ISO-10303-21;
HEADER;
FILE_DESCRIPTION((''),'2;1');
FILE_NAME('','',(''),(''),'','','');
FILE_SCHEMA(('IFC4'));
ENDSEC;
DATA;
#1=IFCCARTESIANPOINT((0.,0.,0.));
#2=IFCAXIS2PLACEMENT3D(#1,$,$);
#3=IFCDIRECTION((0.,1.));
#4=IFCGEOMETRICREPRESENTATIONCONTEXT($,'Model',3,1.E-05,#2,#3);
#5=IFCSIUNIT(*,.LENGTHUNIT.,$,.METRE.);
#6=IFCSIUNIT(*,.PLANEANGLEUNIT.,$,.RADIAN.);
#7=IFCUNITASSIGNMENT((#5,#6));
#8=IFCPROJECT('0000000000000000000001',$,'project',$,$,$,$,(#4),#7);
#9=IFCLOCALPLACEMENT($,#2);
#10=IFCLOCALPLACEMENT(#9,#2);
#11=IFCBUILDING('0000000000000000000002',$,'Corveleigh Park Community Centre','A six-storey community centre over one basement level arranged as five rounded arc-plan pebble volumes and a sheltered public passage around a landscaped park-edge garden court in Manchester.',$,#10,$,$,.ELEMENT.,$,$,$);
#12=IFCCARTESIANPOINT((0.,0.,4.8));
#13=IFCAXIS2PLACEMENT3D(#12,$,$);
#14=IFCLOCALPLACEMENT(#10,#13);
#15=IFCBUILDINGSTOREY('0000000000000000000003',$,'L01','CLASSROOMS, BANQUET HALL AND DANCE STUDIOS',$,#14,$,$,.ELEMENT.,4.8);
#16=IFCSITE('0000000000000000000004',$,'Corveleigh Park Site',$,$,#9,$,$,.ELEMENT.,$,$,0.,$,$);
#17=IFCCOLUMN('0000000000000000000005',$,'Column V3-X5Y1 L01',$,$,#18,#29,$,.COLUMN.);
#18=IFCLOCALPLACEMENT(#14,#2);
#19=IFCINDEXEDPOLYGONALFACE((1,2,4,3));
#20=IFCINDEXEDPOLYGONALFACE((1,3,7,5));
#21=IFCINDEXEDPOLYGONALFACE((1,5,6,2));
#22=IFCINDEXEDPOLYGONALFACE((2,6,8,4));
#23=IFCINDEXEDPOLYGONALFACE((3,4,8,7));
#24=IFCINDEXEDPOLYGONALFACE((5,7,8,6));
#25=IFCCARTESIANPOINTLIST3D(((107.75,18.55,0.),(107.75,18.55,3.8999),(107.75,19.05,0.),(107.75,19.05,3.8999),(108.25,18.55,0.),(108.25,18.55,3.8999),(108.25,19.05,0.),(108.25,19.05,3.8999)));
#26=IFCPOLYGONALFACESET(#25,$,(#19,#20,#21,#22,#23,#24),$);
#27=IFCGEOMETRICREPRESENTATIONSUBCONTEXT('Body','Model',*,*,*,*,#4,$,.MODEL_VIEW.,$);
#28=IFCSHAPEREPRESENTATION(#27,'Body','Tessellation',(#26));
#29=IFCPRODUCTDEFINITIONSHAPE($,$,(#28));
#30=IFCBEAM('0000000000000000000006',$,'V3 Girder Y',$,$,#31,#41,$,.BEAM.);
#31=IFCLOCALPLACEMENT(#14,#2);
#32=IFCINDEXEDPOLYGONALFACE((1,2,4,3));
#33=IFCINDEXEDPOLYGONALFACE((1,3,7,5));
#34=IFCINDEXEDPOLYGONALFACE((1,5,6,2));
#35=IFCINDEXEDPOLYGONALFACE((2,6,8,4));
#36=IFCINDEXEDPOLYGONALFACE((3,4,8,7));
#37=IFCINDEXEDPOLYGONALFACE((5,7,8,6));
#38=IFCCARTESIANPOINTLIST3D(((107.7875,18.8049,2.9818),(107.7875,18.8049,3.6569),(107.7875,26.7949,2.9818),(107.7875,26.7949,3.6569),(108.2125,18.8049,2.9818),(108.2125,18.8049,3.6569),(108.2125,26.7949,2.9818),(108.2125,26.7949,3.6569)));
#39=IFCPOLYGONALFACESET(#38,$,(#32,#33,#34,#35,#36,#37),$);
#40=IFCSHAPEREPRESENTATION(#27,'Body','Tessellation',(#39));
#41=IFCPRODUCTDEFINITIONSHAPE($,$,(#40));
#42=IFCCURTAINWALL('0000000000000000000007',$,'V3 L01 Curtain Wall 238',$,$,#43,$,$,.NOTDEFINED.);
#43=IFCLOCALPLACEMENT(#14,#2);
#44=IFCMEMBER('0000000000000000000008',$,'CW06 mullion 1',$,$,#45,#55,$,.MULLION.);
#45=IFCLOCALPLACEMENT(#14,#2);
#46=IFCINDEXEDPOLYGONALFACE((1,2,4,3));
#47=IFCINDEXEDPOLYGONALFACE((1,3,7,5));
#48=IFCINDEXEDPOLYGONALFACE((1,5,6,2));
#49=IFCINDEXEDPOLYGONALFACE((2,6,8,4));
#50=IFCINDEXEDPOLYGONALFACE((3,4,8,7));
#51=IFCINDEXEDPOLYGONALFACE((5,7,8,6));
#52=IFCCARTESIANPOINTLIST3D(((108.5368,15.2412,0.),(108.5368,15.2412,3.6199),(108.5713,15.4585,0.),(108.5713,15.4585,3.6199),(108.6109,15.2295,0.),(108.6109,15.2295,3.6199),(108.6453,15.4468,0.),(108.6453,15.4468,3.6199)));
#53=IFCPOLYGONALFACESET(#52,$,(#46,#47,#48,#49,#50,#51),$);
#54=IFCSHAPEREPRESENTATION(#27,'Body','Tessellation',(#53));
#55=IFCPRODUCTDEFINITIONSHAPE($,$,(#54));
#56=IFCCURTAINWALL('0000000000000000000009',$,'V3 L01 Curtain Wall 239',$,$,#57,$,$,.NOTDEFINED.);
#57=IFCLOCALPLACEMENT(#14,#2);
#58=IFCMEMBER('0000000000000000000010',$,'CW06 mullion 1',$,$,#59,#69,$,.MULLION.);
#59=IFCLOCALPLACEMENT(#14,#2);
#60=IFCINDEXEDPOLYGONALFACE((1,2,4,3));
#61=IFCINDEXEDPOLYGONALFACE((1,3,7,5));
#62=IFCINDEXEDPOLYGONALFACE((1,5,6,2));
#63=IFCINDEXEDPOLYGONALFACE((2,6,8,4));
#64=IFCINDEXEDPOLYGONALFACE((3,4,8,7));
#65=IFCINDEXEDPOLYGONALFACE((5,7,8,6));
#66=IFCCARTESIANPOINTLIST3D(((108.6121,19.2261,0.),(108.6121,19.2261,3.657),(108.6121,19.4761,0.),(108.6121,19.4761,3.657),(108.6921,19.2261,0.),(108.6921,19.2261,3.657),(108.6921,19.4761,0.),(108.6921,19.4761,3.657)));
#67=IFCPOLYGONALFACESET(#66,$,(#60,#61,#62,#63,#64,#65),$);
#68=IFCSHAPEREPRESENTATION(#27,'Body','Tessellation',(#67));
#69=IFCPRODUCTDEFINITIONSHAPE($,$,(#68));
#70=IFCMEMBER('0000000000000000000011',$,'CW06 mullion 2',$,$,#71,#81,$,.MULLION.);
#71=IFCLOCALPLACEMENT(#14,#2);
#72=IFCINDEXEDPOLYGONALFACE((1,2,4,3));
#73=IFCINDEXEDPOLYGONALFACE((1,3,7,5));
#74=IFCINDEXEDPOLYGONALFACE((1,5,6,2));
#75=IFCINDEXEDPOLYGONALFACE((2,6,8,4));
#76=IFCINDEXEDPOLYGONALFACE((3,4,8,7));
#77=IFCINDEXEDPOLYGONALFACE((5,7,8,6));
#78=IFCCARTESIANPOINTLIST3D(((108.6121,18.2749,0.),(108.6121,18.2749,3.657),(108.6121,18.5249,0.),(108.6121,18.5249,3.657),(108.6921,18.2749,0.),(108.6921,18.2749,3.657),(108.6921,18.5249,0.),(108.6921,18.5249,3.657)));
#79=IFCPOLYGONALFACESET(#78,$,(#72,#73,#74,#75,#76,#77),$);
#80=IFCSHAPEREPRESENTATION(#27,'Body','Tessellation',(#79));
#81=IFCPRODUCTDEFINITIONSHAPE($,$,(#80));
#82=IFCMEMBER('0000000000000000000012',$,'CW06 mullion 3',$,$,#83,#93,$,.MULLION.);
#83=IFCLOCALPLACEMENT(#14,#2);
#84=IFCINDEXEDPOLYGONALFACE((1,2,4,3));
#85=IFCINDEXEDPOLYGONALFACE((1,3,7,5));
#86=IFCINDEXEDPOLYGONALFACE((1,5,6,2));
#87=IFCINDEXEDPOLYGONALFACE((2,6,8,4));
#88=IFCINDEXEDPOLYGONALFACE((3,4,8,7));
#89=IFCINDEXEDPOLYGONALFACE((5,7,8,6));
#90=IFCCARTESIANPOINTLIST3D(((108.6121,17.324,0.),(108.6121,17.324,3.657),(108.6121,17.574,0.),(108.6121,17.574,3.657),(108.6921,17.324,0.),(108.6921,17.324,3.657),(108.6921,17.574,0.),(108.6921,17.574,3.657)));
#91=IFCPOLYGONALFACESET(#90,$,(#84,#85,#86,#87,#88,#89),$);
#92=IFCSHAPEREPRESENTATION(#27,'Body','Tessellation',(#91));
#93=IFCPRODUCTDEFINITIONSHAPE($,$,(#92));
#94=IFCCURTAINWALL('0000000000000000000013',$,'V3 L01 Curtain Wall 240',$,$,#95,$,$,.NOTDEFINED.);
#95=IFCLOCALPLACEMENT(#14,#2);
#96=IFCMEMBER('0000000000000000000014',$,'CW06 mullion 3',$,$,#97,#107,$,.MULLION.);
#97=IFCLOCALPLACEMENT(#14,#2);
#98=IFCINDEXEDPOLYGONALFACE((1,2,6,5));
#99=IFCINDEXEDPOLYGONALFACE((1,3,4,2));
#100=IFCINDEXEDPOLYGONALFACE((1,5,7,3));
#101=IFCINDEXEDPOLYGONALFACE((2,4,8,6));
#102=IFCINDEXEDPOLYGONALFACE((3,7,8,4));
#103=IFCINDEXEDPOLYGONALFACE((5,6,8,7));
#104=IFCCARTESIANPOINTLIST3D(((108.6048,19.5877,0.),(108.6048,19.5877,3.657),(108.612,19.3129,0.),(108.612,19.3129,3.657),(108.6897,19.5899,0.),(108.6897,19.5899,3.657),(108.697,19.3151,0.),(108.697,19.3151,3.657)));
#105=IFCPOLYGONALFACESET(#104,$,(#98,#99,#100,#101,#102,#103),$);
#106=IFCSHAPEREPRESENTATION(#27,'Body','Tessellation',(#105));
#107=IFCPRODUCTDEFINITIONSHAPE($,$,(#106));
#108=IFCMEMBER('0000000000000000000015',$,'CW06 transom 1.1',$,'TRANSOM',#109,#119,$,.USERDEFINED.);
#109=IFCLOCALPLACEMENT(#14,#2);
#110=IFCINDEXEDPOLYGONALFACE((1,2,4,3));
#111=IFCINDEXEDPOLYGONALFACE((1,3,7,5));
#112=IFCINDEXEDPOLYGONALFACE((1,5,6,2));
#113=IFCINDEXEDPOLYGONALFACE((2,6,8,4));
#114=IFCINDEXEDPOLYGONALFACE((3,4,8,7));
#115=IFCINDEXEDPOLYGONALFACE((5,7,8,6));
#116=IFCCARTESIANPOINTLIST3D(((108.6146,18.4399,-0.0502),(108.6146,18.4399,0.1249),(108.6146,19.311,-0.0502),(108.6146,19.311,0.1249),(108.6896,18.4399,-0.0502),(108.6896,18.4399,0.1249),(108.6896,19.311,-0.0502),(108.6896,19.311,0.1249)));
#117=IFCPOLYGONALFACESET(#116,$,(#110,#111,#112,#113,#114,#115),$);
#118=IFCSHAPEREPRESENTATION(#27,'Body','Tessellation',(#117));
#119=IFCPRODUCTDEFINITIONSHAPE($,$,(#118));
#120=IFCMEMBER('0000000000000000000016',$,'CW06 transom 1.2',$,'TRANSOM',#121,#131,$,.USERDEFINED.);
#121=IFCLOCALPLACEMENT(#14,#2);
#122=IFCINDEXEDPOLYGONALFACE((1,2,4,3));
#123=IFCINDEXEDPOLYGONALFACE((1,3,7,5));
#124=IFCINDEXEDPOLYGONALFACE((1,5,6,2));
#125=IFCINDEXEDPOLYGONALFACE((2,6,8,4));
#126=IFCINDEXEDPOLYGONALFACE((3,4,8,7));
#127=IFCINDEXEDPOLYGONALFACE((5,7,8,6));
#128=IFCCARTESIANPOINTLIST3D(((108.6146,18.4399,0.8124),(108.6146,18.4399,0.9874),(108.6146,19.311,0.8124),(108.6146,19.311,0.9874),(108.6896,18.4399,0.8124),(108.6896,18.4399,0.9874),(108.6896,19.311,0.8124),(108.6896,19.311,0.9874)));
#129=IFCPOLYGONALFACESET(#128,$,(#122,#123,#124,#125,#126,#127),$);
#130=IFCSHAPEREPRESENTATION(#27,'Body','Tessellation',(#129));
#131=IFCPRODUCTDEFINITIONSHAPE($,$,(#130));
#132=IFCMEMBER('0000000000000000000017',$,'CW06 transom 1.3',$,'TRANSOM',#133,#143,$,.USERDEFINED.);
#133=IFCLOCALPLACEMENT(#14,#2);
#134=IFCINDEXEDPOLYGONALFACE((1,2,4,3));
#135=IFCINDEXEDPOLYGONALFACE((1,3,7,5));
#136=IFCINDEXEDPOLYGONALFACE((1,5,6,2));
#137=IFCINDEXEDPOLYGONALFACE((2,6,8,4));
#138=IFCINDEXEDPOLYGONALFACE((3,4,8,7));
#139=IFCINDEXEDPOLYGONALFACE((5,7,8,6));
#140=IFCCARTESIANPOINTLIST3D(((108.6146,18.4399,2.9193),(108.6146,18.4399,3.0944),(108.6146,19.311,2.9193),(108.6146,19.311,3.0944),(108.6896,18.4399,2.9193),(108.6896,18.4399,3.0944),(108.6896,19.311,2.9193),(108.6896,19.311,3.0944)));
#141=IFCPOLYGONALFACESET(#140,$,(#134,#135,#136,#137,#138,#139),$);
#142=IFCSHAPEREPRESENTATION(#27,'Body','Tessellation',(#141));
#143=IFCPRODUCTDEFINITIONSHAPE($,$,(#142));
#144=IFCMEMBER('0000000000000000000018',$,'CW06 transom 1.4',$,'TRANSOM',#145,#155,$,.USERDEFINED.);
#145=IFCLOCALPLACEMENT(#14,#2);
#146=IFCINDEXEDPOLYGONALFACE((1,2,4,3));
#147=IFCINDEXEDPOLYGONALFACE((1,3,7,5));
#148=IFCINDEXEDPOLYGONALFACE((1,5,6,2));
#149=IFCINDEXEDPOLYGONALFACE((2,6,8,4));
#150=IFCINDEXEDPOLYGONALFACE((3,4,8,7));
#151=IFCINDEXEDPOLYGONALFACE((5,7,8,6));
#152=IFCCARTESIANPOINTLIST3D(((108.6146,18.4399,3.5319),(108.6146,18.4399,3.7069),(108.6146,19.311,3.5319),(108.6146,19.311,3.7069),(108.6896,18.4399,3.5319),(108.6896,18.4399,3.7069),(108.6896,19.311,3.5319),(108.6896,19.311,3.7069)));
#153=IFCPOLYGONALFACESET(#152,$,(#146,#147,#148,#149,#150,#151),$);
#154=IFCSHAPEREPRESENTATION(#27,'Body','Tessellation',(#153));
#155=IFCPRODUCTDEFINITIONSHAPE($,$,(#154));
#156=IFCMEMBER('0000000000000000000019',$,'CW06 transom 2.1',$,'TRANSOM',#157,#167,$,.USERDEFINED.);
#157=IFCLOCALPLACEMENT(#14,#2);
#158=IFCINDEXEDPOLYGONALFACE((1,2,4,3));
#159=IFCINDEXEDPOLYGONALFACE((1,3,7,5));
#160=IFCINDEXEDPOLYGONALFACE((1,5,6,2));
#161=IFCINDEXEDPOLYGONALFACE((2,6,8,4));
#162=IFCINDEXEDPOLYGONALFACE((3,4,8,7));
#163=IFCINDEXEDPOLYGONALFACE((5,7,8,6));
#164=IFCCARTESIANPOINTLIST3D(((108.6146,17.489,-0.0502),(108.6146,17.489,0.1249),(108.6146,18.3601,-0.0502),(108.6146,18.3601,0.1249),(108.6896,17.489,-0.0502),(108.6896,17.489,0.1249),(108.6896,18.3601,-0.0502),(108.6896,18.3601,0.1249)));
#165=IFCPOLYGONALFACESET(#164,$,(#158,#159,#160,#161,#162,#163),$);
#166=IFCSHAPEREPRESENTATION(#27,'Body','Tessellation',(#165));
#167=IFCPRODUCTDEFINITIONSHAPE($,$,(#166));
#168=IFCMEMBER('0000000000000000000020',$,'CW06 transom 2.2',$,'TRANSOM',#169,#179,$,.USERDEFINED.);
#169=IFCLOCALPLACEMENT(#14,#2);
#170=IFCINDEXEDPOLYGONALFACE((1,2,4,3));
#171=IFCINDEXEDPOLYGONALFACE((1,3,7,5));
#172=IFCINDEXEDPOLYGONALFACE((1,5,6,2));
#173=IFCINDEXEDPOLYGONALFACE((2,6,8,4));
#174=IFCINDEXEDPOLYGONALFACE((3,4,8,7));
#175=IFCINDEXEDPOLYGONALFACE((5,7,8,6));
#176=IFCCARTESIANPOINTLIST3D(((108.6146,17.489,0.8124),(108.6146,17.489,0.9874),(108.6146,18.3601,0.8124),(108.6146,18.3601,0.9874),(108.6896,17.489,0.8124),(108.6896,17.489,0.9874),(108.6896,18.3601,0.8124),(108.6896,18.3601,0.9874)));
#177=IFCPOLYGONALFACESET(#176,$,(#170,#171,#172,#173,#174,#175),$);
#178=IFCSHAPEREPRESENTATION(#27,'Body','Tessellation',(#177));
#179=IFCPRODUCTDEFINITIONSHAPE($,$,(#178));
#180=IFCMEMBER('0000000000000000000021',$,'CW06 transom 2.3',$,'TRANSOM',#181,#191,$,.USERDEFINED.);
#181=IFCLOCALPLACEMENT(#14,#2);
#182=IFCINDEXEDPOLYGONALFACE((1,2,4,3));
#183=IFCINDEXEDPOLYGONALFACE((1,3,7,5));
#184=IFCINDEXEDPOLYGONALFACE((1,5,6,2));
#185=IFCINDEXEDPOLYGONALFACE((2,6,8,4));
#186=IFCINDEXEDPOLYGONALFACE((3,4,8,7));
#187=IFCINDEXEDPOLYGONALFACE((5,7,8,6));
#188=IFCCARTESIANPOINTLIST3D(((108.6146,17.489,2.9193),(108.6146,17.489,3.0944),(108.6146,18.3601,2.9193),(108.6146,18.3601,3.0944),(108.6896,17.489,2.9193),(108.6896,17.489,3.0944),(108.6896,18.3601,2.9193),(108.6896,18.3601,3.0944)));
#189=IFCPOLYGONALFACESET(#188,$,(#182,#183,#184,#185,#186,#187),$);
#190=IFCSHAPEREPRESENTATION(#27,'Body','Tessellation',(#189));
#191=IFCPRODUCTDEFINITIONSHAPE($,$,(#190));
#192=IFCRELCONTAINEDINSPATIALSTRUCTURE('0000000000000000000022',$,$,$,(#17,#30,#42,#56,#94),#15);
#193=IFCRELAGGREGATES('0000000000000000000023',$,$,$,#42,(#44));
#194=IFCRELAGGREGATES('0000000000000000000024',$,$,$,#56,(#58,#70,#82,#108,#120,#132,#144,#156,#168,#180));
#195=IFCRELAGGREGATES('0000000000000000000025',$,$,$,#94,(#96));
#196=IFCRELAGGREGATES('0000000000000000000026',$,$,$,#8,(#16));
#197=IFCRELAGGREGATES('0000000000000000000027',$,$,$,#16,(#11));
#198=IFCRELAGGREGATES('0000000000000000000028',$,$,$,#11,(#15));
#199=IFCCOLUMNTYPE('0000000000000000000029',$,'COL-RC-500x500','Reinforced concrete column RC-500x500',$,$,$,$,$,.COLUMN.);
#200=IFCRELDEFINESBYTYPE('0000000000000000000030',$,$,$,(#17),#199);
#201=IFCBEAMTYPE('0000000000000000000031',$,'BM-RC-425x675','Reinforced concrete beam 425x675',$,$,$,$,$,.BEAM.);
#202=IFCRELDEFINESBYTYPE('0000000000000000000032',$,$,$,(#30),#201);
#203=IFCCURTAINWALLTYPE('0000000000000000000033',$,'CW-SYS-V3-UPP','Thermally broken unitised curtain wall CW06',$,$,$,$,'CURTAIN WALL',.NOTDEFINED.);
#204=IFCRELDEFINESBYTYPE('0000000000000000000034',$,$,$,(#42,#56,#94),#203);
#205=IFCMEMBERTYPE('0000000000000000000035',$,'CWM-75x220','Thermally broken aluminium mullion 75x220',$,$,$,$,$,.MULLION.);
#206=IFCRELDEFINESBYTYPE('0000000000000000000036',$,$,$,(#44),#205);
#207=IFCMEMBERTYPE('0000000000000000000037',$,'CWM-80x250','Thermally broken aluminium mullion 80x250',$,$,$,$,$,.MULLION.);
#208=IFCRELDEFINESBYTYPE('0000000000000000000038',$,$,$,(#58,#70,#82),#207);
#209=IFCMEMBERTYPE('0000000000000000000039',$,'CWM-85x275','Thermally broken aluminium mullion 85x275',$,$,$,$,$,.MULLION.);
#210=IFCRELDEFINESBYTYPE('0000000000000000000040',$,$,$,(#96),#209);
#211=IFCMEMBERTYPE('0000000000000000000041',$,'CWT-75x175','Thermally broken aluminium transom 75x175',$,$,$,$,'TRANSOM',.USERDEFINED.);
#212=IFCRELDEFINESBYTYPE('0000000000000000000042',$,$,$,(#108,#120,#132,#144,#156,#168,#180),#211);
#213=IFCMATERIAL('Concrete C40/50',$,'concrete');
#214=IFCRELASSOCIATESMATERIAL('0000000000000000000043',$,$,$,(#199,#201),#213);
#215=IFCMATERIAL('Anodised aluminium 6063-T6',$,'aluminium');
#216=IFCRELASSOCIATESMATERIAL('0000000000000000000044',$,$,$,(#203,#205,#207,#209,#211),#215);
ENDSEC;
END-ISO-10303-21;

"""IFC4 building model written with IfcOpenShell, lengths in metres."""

from ifc_helpers import new_model, si_unit, direction, frame, origin, origin_2d, place, context, subcontext, project, spatial, rectangle, extrude, material, material_profile, profile_set, type_object, element, aggregate, save


model = new_model("IFC4")

# Units and contexts
model_context = context("Model", 3, precision=1e-05, world=origin(), true_north=direction((0.0, 1.0)))
body_context = subcontext(model_context, "Body", "Model", "MODEL_VIEW")
ifc_project = project(units=[si_unit("LENGTHUNIT", "METRE"), si_unit("PLANEANGLEUNIT", "RADIAN")], contexts=[model_context])

# Site, building, storey
site_placement = place(None, origin())
site = spatial("IfcSite", under=ifc_project, at=site_placement, Name="Corveleigh Park Site", CompositionType="ELEMENT", RefElevation=0.0)
building_placement = place(site_placement, origin())
building = spatial("IfcBuilding", under=site, at=building_placement, Name="Corveleigh Park Community Centre", Description="A six-storey community centre over one basement level arranged as five rounded arc-plan pebble volumes and a sheltered public passage around a landscaped park-edge garden court in Manchester.", CompositionType="ELEMENT")
storey_placement = place(building_placement, frame((0.0, 0.0, 4.8)))
storey = spatial("IfcBuildingStorey", under=building, at=storey_placement, Name="L01", Description="CLASSROOMS, BANQUET HALL AND DANCE STUDIOS", CompositionType="ELEMENT", Elevation=4.8)

# Column
ifc_material_1 = material(Name="Concrete C40/50", Category="concrete")
ifc_material_profile_1 = material_profile(ifc_material_1, rectangle(XDim=0.5, YDim=0.5, at=origin_2d()), Name="RC-500x500", Category="concrete")
ifc_profile_set_1 = profile_set([ifc_material_profile_1], Name="Concrete C40/50")
column_type = type_object("IfcColumnType", Name="COL-RC-500x500", Description="Reinforced concrete column RC-500x500", PredefinedType="COLUMN", material=ifc_profile_set_1)
column_placement = place(storey_placement, frame((108.0, 18.8, 0.0), z_axis=(0.0, 0.0, 1.0), x_axis=(1.0, 0.0, 0.0)))
element("IfcColumn", 1, at=column_placement, inside=storey, type_object=column_type, Name="Column V3-X5Y1 L01", PredefinedType="COLUMN", context=body_context, shape_type="SweptSolid", body=[
    extrude(rectangle(XDim=0.5, YDim=0.5, at=origin_2d()), origin(), (0.0, 0.0, 1.0), 3.8999),
])

# Beam
ifc_material_profile_2 = material_profile(ifc_material_1, rectangle(XDim=0.425, YDim=0.675, at=origin_2d()), Name="RC-425x675", Category="concrete")
ifc_profile_set_2 = profile_set([ifc_material_profile_2], Name="Concrete C40/50")
beam_type = type_object("IfcBeamType", Name="BM-RC-425x675", Description="Reinforced concrete beam 425x675", PredefinedType="BEAM", material=ifc_profile_set_2)
beam_placement = place(storey_placement, frame((108.0, 18.8049, 3.3193), z_axis=(0.0, 1.0, 0.0), x_axis=(-1.0, 0.0, 0.0)))
element("IfcBeam", 2, at=beam_placement, inside=storey, type_object=beam_type, Name="V3 Girder Y", PredefinedType="BEAM", context=body_context, shape_type="SweptSolid", body=[
    extrude(rectangle(XDim=0.425, YDim=0.675, at=origin_2d()), origin(), (0.0, 0.0, 1.0), 7.99),
])

# Curtain wall, member
ifc_material_2 = material(Name="Anodised aluminium 6063-T6", Category="aluminium")
curtain_wall_type = type_object("IfcCurtainWallType", Name="CW-SYS-V3-UPP", Description="Thermally broken unitised curtain wall CW06", ElementType="CURTAIN WALL", PredefinedType="NOTDEFINED", material=ifc_material_2)
curtain_wall_1_placement = place(storey_placement, origin())
curtain_wall_1 = element("IfcCurtainWall", 3, at=curtain_wall_1_placement, inside=storey, type_object=curtain_wall_type, Name="V3 L01 Curtain Wall 238", PredefinedType="NOTDEFINED")
ifc_material_profile_3 = material_profile(ifc_material_2, rectangle(XDim=0.075, YDim=0.22, at=origin_2d()), Name="ALU-M75x220", Category="aluminium")
ifc_profile_set_3 = profile_set([ifc_material_profile_3], Name="Anodised aluminium 6063-T6")
member_type_1 = type_object("IfcMemberType", Name="CWM-75x220", Description="Thermally broken aluminium mullion 75x220", PredefinedType="MULLION", material=ifc_profile_set_3)
member_1_placement = place(storey_placement, frame((108.5911, 15.344, 0.0), z_axis=(0.0, 0.0, 1.0), x_axis=(0.987669, -0.156558, 0.0)))
member_1 = element("IfcMember", 4, at=member_1_placement, type_object=member_type_1, Name="CW06 mullion 1", PredefinedType="MULLION", context=body_context, shape_type="SweptSolid", body=[
    extrude(rectangle(XDim=0.075, YDim=0.22, at=origin_2d()), origin(), (0.0, 0.0, 1.0), 3.6199),
])
aggregate(curtain_wall_1, [member_1])

# Curtain wall, members
curtain_wall_2_placement = place(storey_placement, origin())
curtain_wall_2 = element("IfcCurtainWall", 5, at=curtain_wall_2_placement, inside=storey, type_object=curtain_wall_type, Name="V3 L01 Curtain Wall 239", PredefinedType="NOTDEFINED")
ifc_material_profile_4 = material_profile(ifc_material_2, rectangle(XDim=0.0801, YDim=0.25, at=origin_2d()), Name="ALU-M80x250", Category="aluminium")
ifc_profile_set_4 = profile_set([ifc_material_profile_4], Name="Anodised aluminium 6063-T6")
member_type_2 = type_object("IfcMemberType", Name="CWM-80x250", Description="Thermally broken aluminium mullion 80x250", PredefinedType="MULLION", material=ifc_profile_set_4)
member_2_placement = place(storey_placement, frame((108.6521, 19.3511, 0.0), z_axis=(0.0, 0.0, 1.0), x_axis=(1.0, 0.0, 0.0)))
member_2 = element("IfcMember", 6, at=member_2_placement, type_object=member_type_2, Name="CW06 mullion 1", PredefinedType="MULLION", context=body_context, shape_type="SweptSolid", body=[
    extrude(rectangle(XDim=0.0801, YDim=0.25, at=origin_2d()), origin(), (0.0, 0.0, 1.0), 3.657),
])
member_3_placement = place(storey_placement, frame((108.6521, 18.3999, 0.0), z_axis=(0.0, 0.0, 1.0), x_axis=(1.0, 0.0, 0.0)))
member_3 = element("IfcMember", 7, at=member_3_placement, type_object=member_type_2, Name="CW06 mullion 2", PredefinedType="MULLION", context=body_context, shape_type="SweptSolid", body=[
    extrude(rectangle(XDim=0.0801, YDim=0.25, at=origin_2d()), origin(), (0.0, 0.0, 1.0), 3.657),
])
member_4_placement = place(storey_placement, frame((108.6521, 17.449, 0.0), z_axis=(0.0, 0.0, 1.0), x_axis=(1.0, 0.0, 0.0)))
member_4 = element("IfcMember", 8, at=member_4_placement, type_object=member_type_2, Name="CW06 mullion 3", PredefinedType="MULLION", context=body_context, shape_type="SweptSolid", body=[
    extrude(rectangle(XDim=0.0801, YDim=0.25, at=origin_2d()), origin(), (0.0, 0.0, 1.0), 3.657),
])

# Curtain wall, member
curtain_wall_3_placement = place(storey_placement, origin())
curtain_wall_3 = element("IfcCurtainWall", 9, at=curtain_wall_3_placement, inside=storey, type_object=curtain_wall_type, Name="V3 L01 Curtain Wall 240", PredefinedType="NOTDEFINED")
ifc_material_profile_5 = material_profile(ifc_material_2, rectangle(XDim=0.085, YDim=0.2749, at=origin_2d()), Name="ALU-M85x275", Category="aluminium")
ifc_profile_set_5 = profile_set([ifc_material_profile_5], Name="Anodised aluminium 6063-T6")
member_type_3 = type_object("IfcMemberType", Name="CWM-85x275", Description="Thermally broken aluminium mullion 85x275", PredefinedType="MULLION", material=ifc_profile_set_5)
member_5_placement = place(storey_placement, frame((108.6509, 19.4514, 0.0), z_axis=(0.0, 0.0, 1.0), x_axis=(0.999653, 0.02636, 0.0)))
member_5 = element("IfcMember", 10, at=member_5_placement, type_object=member_type_3, Name="CW06 mullion 3", PredefinedType="MULLION", context=body_context, shape_type="SweptSolid", body=[
    extrude(rectangle(XDim=0.085, YDim=0.2749, at=origin_2d()), origin(), (0.0, 0.0, 1.0), 3.657),
])

# Members
ifc_material_profile_6 = material_profile(ifc_material_2, rectangle(XDim=0.075, YDim=0.175, at=origin_2d()), Name="ALU-T75x175", Category="aluminium")
ifc_profile_set_6 = profile_set([ifc_material_profile_6], Name="Anodised aluminium 6063-T6")
member_type_4 = type_object("IfcMemberType", Name="CWT-75x175", Description="Thermally broken aluminium transom 75x175", ElementType="TRANSOM", PredefinedType="USERDEFINED", material=ifc_profile_set_6)
member_6_placement = place(storey_placement, frame((108.6521, 19.311, 0.0374), z_axis=(0.0, -1.0, 0.0), x_axis=(1.0, 0.0, 0.0)))
member_6 = element("IfcMember", 11, at=member_6_placement, type_object=member_type_4, Name="CW06 transom 1.1", ObjectType="TRANSOM", PredefinedType="USERDEFINED", context=body_context, shape_type="SweptSolid", body=[
    extrude(rectangle(XDim=0.075, YDim=0.175, at=origin_2d()), origin(), (0.0, 0.0, 1.0), 0.8711),
])
member_7_placement = place(storey_placement, frame((108.6521, 19.311, 0.8999), z_axis=(0.0, -1.0, 0.0), x_axis=(1.0, 0.0, 0.0)))
member_7 = element("IfcMember", 12, at=member_7_placement, type_object=member_type_4, Name="CW06 transom 1.2", ObjectType="TRANSOM", PredefinedType="USERDEFINED", context=body_context, shape_type="SweptSolid", body=[
    extrude(rectangle(XDim=0.075, YDim=0.175, at=origin_2d()), origin(), (0.0, 0.0, 1.0), 0.8711),
])
member_8_placement = place(storey_placement, frame((108.6521, 19.311, 3.0068), z_axis=(0.0, -1.0, 0.0), x_axis=(1.0, 0.0, 0.0)))
member_8 = element("IfcMember", 13, at=member_8_placement, type_object=member_type_4, Name="CW06 transom 1.3", ObjectType="TRANSOM", PredefinedType="USERDEFINED", context=body_context, shape_type="SweptSolid", body=[
    extrude(rectangle(XDim=0.075, YDim=0.175, at=origin_2d()), origin(), (0.0, 0.0, 1.0), 0.8711),
])
member_9_placement = place(storey_placement, frame((108.6521, 19.311, 3.6194), z_axis=(0.0, -1.0, 0.0), x_axis=(1.0, 0.0, 0.0)))
member_9 = element("IfcMember", 14, at=member_9_placement, type_object=member_type_4, Name="CW06 transom 1.4", ObjectType="TRANSOM", PredefinedType="USERDEFINED", context=body_context, shape_type="SweptSolid", body=[
    extrude(rectangle(XDim=0.075, YDim=0.175, at=origin_2d()), origin(), (0.0, 0.0, 1.0), 0.8711),
])
member_10_placement = place(storey_placement, frame((108.6521, 18.3601, 0.0374), z_axis=(0.0, -1.0, 0.0), x_axis=(1.0, 0.0, 0.0)))
member_10 = element("IfcMember", 15, at=member_10_placement, type_object=member_type_4, Name="CW06 transom 2.1", ObjectType="TRANSOM", PredefinedType="USERDEFINED", context=body_context, shape_type="SweptSolid", body=[
    extrude(rectangle(XDim=0.075, YDim=0.175, at=origin_2d()), origin(), (0.0, 0.0, 1.0), 0.8711),
])
member_11_placement = place(storey_placement, frame((108.6521, 18.3601, 0.8999), z_axis=(0.0, -1.0, 0.0), x_axis=(1.0, 0.0, 0.0)))
member_11 = element("IfcMember", 16, at=member_11_placement, type_object=member_type_4, Name="CW06 transom 2.2", ObjectType="TRANSOM", PredefinedType="USERDEFINED", context=body_context, shape_type="SweptSolid", body=[
    extrude(rectangle(XDim=0.075, YDim=0.175, at=origin_2d()), origin(), (0.0, 0.0, 1.0), 0.8711),
])
member_12_placement = place(storey_placement, frame((108.6521, 18.3601, 3.0068), z_axis=(0.0, -1.0, 0.0), x_axis=(1.0, 0.0, 0.0)))
member_12 = element("IfcMember", 17, at=member_12_placement, type_object=member_type_4, Name="CW06 transom 2.3", ObjectType="TRANSOM", PredefinedType="USERDEFINED", context=body_context, shape_type="SweptSolid", body=[
    extrude(rectangle(XDim=0.075, YDim=0.175, at=origin_2d()), origin(), (0.0, 0.0, 1.0), 0.8711),
])

aggregate(curtain_wall_2, [member_2, member_3, member_4, member_6, member_7, member_8, member_9, member_10, member_11, member_12])
aggregate(curtain_wall_3, [member_5])

save(model, "model.ifc")
